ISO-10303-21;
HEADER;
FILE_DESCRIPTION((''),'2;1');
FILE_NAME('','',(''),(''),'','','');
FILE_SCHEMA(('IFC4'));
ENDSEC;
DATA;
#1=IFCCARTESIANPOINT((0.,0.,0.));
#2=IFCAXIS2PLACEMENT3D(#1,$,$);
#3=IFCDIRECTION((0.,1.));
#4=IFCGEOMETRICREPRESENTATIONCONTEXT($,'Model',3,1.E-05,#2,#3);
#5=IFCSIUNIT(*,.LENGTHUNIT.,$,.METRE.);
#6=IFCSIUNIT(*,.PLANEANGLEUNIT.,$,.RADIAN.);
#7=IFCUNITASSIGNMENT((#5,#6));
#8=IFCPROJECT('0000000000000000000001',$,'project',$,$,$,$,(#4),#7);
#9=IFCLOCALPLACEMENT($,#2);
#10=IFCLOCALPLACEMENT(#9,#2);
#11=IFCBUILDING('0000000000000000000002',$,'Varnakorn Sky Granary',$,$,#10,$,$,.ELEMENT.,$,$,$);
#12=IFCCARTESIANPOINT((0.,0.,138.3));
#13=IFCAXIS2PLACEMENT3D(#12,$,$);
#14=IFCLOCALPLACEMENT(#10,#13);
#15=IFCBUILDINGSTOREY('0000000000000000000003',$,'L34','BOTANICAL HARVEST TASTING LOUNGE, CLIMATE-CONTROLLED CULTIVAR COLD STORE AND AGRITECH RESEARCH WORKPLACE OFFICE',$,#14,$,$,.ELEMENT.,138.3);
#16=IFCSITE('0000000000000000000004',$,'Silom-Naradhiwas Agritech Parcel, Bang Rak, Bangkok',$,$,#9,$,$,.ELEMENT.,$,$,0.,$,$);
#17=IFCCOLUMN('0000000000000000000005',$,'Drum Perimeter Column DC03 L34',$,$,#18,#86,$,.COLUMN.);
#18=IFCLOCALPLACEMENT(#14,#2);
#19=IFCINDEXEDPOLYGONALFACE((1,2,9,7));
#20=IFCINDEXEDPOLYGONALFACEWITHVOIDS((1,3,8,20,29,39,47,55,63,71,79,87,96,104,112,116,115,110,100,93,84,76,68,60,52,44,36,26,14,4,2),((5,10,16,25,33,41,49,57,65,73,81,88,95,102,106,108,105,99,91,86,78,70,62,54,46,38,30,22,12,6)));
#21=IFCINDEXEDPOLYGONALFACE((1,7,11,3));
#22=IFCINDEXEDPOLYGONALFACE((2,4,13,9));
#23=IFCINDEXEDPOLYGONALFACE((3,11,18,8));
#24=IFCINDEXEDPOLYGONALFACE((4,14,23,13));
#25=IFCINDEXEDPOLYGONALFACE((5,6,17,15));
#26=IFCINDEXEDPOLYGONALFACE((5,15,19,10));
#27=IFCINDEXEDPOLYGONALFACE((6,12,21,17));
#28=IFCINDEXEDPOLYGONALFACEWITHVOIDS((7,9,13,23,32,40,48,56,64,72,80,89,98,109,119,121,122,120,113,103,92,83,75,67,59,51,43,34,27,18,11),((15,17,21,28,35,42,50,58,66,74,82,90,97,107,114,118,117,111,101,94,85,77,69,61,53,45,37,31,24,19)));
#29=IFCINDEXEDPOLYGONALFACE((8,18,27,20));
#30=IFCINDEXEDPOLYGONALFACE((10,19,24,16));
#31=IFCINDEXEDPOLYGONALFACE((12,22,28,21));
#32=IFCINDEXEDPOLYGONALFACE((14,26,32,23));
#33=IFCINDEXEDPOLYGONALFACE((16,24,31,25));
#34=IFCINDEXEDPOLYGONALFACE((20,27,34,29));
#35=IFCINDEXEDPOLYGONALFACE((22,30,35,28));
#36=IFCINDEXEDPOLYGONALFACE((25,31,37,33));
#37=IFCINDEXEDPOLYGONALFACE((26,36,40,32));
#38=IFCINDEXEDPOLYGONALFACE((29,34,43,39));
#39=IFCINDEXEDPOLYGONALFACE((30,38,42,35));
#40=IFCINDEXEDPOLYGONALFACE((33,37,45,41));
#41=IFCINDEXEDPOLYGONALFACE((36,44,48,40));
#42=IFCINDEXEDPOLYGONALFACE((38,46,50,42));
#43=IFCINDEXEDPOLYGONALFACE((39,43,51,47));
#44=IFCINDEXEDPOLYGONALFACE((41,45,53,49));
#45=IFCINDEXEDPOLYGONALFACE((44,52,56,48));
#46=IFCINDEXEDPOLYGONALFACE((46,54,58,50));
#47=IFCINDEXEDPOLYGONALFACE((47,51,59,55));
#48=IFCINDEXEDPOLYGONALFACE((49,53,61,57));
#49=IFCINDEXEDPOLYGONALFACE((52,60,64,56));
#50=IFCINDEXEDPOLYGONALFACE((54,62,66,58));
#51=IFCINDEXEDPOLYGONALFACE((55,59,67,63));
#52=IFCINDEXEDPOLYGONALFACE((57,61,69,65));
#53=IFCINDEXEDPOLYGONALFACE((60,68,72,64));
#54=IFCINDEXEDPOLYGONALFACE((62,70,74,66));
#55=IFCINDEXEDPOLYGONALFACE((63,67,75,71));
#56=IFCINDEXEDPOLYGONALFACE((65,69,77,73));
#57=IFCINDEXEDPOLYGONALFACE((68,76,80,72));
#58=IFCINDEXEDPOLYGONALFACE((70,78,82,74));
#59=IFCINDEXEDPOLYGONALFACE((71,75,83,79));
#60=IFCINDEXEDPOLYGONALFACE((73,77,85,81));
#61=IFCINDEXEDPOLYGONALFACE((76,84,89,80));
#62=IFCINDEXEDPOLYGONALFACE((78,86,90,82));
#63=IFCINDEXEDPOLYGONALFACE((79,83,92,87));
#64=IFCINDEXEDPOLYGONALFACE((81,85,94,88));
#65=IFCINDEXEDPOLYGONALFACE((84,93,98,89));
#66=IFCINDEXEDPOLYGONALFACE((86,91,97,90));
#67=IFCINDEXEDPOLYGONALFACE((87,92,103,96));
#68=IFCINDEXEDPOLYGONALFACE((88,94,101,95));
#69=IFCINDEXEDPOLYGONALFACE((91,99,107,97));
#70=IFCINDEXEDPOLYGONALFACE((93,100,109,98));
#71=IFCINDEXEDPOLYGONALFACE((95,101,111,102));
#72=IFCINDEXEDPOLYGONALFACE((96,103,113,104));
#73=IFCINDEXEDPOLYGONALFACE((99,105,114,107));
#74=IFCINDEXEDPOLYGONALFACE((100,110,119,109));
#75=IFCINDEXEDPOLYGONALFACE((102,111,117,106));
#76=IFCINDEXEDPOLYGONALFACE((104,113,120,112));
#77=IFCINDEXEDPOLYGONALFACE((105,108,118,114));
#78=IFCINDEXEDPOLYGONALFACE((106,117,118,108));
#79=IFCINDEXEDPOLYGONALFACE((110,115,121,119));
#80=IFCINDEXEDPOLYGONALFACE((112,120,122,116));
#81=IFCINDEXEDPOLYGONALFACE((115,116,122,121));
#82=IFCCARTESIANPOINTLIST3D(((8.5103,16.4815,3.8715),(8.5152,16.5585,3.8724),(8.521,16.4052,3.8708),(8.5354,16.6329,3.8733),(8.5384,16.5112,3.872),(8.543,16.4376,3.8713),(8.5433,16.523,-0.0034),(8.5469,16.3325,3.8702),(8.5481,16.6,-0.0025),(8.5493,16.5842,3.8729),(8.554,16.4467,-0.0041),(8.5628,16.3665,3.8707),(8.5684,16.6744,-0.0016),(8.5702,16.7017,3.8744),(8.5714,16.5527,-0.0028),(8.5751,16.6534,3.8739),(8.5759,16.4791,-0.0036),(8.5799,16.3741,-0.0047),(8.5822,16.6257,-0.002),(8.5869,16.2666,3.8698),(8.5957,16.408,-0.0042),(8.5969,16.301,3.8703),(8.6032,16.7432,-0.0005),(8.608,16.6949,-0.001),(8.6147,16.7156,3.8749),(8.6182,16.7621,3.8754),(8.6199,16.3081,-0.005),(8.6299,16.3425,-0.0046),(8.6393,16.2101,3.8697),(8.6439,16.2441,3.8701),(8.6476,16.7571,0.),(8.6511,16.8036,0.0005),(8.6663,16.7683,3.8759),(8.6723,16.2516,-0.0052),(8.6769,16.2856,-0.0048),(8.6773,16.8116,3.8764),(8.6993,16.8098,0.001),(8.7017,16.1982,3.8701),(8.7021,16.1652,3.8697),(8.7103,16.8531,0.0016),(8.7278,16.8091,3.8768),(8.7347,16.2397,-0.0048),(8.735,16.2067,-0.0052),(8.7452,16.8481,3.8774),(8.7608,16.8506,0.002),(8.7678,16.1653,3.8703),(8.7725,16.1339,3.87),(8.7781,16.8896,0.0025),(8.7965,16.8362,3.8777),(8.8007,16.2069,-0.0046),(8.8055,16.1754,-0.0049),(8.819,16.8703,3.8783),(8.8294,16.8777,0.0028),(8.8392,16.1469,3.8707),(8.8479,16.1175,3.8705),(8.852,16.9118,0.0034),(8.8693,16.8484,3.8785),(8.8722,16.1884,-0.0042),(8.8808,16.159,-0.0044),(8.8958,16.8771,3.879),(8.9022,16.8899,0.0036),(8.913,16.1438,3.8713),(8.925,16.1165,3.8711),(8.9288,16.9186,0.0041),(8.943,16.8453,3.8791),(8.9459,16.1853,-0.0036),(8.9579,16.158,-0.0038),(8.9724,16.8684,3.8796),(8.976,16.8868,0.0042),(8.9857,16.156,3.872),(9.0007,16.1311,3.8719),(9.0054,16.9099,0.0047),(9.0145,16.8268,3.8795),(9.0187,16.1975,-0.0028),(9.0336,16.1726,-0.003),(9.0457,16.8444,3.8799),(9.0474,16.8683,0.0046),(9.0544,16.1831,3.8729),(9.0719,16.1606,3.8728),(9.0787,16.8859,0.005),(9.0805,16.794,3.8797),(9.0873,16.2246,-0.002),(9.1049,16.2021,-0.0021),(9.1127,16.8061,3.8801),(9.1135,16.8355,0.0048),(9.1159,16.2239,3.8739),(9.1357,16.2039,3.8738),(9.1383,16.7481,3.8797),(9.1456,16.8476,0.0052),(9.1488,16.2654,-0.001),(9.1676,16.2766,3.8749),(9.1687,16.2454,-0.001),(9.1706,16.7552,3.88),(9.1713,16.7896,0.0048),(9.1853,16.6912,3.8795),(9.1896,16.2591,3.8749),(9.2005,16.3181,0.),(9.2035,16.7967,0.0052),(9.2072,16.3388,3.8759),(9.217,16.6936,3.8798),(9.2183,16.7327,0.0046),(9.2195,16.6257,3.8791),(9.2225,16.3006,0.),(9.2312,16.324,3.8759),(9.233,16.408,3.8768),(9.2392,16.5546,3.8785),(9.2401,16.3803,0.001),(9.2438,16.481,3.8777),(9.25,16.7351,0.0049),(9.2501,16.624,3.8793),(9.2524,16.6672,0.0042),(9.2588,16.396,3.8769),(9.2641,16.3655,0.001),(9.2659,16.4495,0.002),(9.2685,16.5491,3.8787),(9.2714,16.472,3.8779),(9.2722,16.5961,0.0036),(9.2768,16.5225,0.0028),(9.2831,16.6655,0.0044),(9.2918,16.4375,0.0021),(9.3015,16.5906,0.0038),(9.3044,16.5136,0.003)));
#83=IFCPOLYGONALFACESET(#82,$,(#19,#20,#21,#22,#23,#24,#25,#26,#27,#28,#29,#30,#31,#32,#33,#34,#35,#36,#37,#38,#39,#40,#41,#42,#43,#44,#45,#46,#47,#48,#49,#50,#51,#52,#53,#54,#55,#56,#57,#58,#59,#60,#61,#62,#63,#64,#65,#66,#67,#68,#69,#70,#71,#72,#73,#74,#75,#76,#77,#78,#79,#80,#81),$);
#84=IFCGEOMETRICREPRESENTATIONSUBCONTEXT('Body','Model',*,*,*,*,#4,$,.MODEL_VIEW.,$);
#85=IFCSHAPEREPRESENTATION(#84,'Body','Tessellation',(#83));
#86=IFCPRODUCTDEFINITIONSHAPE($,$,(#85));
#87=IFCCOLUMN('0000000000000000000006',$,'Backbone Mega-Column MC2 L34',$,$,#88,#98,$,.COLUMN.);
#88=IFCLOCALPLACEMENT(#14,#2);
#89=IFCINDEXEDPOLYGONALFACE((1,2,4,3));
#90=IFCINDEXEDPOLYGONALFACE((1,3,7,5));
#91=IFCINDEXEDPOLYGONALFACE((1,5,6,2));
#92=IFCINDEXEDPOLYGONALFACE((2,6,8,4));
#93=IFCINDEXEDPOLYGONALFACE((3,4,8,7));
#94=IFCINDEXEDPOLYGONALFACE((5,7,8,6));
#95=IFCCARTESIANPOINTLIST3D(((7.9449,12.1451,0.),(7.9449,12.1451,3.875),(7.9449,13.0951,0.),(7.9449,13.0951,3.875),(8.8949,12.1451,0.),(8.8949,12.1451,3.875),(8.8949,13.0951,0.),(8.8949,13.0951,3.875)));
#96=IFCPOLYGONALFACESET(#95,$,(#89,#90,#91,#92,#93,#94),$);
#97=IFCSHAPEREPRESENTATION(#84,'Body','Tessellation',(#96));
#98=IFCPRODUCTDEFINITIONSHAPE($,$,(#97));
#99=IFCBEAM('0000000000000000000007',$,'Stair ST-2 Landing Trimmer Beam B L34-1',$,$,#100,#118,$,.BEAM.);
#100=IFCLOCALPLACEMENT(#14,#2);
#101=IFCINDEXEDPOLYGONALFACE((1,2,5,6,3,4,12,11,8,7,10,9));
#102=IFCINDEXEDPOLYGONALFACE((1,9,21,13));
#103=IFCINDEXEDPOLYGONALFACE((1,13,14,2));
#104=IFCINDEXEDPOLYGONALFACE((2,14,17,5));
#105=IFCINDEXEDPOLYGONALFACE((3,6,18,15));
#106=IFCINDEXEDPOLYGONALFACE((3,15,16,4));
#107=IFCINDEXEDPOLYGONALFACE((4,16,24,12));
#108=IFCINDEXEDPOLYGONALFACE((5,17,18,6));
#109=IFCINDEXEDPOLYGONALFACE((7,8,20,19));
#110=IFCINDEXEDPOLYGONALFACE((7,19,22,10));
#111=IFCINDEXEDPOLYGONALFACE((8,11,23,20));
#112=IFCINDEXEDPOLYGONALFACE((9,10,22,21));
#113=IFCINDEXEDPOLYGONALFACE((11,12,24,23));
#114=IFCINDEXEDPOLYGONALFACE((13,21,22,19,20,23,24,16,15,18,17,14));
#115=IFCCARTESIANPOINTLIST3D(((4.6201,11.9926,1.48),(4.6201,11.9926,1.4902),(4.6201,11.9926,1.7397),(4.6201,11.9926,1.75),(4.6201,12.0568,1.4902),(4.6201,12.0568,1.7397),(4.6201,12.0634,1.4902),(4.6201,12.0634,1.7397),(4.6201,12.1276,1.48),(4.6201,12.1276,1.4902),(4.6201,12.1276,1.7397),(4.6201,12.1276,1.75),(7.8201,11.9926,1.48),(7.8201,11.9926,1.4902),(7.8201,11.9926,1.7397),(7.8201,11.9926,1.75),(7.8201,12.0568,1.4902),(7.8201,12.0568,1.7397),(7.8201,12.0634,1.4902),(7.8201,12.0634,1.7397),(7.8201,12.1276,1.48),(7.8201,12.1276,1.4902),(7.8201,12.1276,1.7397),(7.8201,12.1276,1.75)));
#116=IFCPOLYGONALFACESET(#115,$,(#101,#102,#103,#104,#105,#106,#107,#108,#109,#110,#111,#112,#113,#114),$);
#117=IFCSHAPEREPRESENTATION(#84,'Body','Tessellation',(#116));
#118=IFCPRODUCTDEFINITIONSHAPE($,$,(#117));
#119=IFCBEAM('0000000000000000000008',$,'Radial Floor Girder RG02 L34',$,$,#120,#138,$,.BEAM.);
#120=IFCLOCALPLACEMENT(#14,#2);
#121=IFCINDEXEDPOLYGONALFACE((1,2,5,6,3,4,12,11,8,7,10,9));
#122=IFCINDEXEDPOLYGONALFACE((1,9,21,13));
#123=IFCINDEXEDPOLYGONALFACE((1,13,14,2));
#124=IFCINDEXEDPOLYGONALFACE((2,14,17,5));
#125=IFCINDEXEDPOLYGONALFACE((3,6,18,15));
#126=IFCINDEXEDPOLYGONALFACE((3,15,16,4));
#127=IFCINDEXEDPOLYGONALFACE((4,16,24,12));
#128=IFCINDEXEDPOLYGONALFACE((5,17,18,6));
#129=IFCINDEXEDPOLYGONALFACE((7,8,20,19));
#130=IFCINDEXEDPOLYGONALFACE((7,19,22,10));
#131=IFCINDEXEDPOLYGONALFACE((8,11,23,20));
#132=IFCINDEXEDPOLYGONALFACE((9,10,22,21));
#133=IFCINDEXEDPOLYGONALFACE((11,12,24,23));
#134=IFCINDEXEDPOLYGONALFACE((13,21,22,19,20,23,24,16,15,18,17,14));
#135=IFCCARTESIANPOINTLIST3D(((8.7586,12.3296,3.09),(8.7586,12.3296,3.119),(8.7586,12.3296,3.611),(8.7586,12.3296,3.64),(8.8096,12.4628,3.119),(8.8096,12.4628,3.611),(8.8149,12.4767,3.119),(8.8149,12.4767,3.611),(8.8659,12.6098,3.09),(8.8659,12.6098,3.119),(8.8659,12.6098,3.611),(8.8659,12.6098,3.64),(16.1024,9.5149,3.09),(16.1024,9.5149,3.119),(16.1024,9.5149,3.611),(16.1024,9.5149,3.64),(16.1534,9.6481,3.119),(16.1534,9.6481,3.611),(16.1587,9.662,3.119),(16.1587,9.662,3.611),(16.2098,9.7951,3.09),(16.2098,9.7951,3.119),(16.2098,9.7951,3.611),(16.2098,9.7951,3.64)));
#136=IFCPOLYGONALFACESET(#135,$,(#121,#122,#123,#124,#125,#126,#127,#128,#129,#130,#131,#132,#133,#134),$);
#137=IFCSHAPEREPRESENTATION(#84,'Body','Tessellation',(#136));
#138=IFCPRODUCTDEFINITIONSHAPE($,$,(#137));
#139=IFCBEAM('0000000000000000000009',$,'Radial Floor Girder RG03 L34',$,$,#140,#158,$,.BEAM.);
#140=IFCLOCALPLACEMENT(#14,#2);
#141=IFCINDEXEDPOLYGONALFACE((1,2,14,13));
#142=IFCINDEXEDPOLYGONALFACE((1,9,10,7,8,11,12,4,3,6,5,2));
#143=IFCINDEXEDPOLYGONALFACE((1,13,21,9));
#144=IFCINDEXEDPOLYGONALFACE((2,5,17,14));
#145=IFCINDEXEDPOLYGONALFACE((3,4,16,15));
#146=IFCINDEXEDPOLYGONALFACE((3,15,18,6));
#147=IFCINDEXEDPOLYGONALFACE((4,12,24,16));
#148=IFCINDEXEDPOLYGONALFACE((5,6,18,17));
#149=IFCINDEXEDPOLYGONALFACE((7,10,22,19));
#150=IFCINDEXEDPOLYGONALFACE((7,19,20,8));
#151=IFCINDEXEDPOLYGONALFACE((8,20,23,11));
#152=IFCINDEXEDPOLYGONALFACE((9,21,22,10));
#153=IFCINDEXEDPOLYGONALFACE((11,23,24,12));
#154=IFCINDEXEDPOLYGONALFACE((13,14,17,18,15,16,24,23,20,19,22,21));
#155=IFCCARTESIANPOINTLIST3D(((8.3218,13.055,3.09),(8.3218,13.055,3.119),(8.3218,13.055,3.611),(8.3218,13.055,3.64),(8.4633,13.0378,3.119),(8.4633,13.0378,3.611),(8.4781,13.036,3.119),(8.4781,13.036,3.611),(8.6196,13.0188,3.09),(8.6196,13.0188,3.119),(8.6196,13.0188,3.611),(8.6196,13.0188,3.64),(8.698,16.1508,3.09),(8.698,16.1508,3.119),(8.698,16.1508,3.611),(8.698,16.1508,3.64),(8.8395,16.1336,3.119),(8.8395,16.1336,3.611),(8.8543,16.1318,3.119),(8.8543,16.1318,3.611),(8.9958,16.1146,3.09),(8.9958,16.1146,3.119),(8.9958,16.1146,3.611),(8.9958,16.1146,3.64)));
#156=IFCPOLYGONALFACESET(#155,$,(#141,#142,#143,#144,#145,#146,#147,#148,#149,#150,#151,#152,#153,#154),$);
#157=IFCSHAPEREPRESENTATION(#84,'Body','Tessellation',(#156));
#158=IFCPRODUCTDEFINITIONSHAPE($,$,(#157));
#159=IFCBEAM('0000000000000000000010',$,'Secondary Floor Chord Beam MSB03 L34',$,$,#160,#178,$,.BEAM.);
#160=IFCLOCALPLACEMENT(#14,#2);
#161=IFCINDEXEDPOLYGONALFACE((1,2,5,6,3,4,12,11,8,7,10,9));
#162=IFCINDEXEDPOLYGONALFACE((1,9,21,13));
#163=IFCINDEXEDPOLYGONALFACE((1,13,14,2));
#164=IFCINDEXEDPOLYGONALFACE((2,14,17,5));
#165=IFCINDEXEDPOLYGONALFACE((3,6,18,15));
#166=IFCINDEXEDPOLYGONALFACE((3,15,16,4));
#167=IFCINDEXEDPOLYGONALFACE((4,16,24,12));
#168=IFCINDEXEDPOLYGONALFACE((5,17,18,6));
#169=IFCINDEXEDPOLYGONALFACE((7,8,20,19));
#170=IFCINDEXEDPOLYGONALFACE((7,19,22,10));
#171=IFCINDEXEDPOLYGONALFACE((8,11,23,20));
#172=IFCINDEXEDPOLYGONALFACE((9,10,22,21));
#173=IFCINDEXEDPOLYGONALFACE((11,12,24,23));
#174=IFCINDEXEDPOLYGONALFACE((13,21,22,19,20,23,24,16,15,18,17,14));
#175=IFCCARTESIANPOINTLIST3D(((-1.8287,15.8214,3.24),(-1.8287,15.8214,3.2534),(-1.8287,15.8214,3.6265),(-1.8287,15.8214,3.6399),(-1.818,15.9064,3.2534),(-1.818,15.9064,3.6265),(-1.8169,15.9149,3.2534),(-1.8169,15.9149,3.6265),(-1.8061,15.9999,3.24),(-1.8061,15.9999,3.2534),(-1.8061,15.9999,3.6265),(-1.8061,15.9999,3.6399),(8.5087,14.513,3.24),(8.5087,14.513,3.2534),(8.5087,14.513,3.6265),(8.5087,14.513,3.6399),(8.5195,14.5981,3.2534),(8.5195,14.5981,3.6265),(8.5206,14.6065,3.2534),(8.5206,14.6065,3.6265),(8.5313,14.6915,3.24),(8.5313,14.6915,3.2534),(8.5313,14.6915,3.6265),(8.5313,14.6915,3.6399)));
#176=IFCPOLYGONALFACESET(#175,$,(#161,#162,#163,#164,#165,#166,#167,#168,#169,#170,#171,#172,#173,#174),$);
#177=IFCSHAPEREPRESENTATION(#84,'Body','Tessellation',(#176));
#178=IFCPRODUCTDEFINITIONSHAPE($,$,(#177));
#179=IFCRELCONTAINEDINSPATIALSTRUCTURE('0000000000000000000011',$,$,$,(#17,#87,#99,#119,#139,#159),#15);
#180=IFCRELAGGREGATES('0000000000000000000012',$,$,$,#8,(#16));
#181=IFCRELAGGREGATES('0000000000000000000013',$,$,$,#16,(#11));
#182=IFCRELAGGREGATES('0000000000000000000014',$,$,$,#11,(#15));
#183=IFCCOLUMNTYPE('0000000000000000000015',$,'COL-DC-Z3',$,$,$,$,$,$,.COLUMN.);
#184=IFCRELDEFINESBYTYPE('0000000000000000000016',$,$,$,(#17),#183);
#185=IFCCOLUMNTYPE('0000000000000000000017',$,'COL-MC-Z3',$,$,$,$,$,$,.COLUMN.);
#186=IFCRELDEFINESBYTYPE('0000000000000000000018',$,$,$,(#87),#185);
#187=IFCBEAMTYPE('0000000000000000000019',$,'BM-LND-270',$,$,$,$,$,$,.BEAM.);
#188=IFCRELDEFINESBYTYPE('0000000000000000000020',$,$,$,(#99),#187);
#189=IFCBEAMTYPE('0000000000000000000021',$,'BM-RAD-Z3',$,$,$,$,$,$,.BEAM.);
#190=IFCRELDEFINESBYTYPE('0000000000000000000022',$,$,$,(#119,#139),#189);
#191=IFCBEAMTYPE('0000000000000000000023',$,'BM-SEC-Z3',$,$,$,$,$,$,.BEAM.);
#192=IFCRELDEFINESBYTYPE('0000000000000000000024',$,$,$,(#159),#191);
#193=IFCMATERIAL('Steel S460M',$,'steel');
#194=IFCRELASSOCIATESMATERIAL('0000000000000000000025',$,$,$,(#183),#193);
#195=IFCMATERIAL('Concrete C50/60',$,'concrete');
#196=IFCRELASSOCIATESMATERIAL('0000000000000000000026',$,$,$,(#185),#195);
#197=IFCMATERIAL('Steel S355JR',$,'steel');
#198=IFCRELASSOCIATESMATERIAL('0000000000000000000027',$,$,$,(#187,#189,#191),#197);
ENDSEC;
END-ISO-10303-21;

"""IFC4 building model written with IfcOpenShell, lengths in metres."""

from ifc_helpers import new_model, si_unit, direction, frame, origin, origin_2d, place, context, subcontext, project, spatial, rectangle, hollow_circle, i_section, extrude, material, material_profile, profile_set, type_object, element, save


model = new_model("IFC4")

# Units and contexts
model_context = context("Model", 3, precision=1e-05, world=origin(), true_north=direction((0.0, 1.0)))
body_context = subcontext(model_context, "Body", "Model", "MODEL_VIEW")
ifc_project = project(units=[si_unit("LENGTHUNIT", "METRE"), si_unit("PLANEANGLEUNIT", "RADIAN")], contexts=[model_context])

# Site, building, storey
site_placement = place(None, origin())
site = spatial("IfcSite", under=ifc_project, at=site_placement, Name="Silom-Naradhiwas Agritech Parcel, Bang Rak, Bangkok", CompositionType="ELEMENT", RefElevation=0.0)
building_placement = place(site_placement, origin())
building = spatial("IfcBuilding", under=site, at=building_placement, Name="Varnakorn Sky Granary", CompositionType="ELEMENT")
storey_placement = place(building_placement, frame((0.0, 0.0, 138.3)))
storey = spatial("IfcBuildingStorey", under=building, at=storey_placement, Name="L34", Description="BOTANICAL HARVEST TASTING LOUNGE, CLIMATE-CONTROLLED CULTIVAR COLD STORE AND AGRITECH RESEARCH WORKPLACE OFFICE", CompositionType="ELEMENT", Elevation=138.3)

# Columns
ifc_material_1 = material(Name="Steel S460M", Category="steel")
ifc_material_profile_1 = material_profile(ifc_material_1, hollow_circle(Radius=0.3811, WallThickness=0.0281, at=origin_2d()), Name="CHS 762x28")
ifc_profile_set_1 = profile_set([ifc_material_profile_1], Name="Steel S460M")
column_type_1 = type_object("IfcColumnType", Name="COL-DC-Z3", PredefinedType="COLUMN", material=ifc_profile_set_1)
column_1_placement = place(storey_placement, frame((8.9241, 16.5376, 0.0), z_axis=(-0.008505, -0.01071, 0.999906), x_axis=(0.783111, -0.621882, 0.0)))
element("IfcColumn", 1, at=column_1_placement, inside=storey, type_object=column_type_1, Name="Drum Perimeter Column DC03 L34", PredefinedType="COLUMN", context=body_context, shape_type="SweptSolid", body=[
    extrude(hollow_circle(Radius=0.3811, WallThickness=0.0281, at=origin_2d()), origin(), (0.0, 0.0, 1.0), 3.8752),
])
ifc_material_2 = material(Name="Concrete C50/60", Category="concrete")
ifc_material_profile_2 = material_profile(ifc_material_2, rectangle(XDim=0.95, YDim=0.95, at=origin_2d()), Name="RC 950x950")
ifc_profile_set_2 = profile_set([ifc_material_profile_2], Name="Concrete C50/60")
column_type_2 = type_object("IfcColumnType", Name="COL-MC-Z3", PredefinedType="COLUMN", material=ifc_profile_set_2)
column_2_placement = place(storey_placement, frame((8.4199, 12.6201, 0.0), z_axis=(0.0, 0.0, 1.0), x_axis=(1.0, 0.0, 0.0)))
element("IfcColumn", 2, at=column_2_placement, inside=storey, type_object=column_type_2, Name="Backbone Mega-Column MC2 L34", PredefinedType="COLUMN", context=body_context, shape_type="SweptSolid", body=[
    extrude(rectangle(XDim=0.95, YDim=0.95, at=origin_2d()), origin(), (0.0, 0.0, 1.0), 3.875),
])

# Beams
ifc_material_3 = material(Name="Steel S355JR", Category="steel")
ifc_material_profile_3 = material_profile(ifc_material_3, i_section(OverallWidth=0.135, OverallDepth=0.27, WebThickness=0.0066, FlangeThickness=0.0103, at=origin_2d()), Name="IPE 270")
ifc_profile_set_3 = profile_set([ifc_material_profile_3], Name="Steel S355JR")
beam_type_1 = type_object("IfcBeamType", Name="BM-LND-270", PredefinedType="BEAM", material=ifc_profile_set_3)
beam_1_placement = place(storey_placement, frame((4.6201, 12.0601, 1.615), z_axis=(1.0, 0.0, 0.0), x_axis=(0.0, 1.0, 0.0)))
element("IfcBeam", 3, at=beam_1_placement, inside=storey, type_object=beam_type_1, Name="Stair ST-2 Landing Trimmer Beam B L34-1", PredefinedType="BEAM", context=body_context, shape_type="SweptSolid", body=[
    extrude(i_section(OverallWidth=0.135, OverallDepth=0.27, WebThickness=0.0066, FlangeThickness=0.0103, at=origin_2d()), origin(), (0.0, 0.0, 1.0), 3.2),
])
ifc_material_profile_4 = material_profile(ifc_material_3, i_section(OverallWidth=0.3, OverallDepth=0.55, WebThickness=0.0149, FlangeThickness=0.0291, at=origin_2d()), Name="HE 550 B")
ifc_profile_set_4 = profile_set([ifc_material_profile_4], Name="Steel S355JR")
beam_type_2 = type_object("IfcBeamType", Name="BM-RAD-Z3", PredefinedType="BEAM", material=ifc_profile_set_4)
beam_2_placement = place(storey_placement, frame((8.8123, 12.4697, 3.365), z_axis=(0.933763, -0.357891, 0.0), x_axis=(0.357891, 0.933763, 0.0)))
element("IfcBeam", 4, at=beam_2_placement, inside=storey, type_object=beam_type_2, Name="Radial Floor Girder RG02 L34", PredefinedType="BEAM", context=body_context, shape_type="SweptSolid", body=[
    extrude(i_section(OverallWidth=0.3, OverallDepth=0.55, WebThickness=0.0149, FlangeThickness=0.0291, at=origin_2d()), origin(), (0.0, 0.0, 1.0), 7.8647),
])
beam_3_placement = place(storey_placement, frame((8.4707, 13.0369, 3.365), z_axis=(0.120633, 0.992697, 0.0), x_axis=(-0.992697, 0.120633, 0.0)))
element("IfcBeam", 5, at=beam_3_placement, inside=storey, type_object=beam_type_2, Name="Radial Floor Girder RG03 L34", PredefinedType="BEAM", context=body_context, shape_type="SweptSolid", body=[
    extrude(i_section(OverallWidth=0.3, OverallDepth=0.55, WebThickness=0.0149, FlangeThickness=0.0291, at=origin_2d()), origin(), (0.0, 0.0, 1.0), 3.1187),
])
ifc_material_profile_5 = material_profile(ifc_material_3, i_section(OverallWidth=0.1799, OverallDepth=0.3999, WebThickness=0.0085, FlangeThickness=0.0134, at=origin_2d()), Name="IPE 400")
ifc_profile_set_5 = profile_set([ifc_material_profile_5], Name="Steel S355JR")
beam_type_3 = type_object("IfcBeamType", Name="BM-SEC-Z3", PredefinedType="BEAM", material=ifc_profile_set_5)
beam_4_placement = place(storey_placement, frame((8.52, 14.6023, 3.4399), z_axis=(-0.992086, 0.125563, 0.0), x_axis=(-0.125563, -0.992086, 0.0)))
element("IfcBeam", 6, at=beam_4_placement, inside=storey, type_object=beam_type_3, Name="Secondary Floor Chord Beam MSB03 L34", PredefinedType="BEAM", context=body_context, shape_type="SweptSolid", body=[
    extrude(i_section(OverallWidth=0.1799, OverallDepth=0.3999, WebThickness=0.0085, FlangeThickness=0.0134, at=origin_2d()), origin(), (0.0, 0.0, 1.0), 10.4199),
])

save(model, "model.ifc")
